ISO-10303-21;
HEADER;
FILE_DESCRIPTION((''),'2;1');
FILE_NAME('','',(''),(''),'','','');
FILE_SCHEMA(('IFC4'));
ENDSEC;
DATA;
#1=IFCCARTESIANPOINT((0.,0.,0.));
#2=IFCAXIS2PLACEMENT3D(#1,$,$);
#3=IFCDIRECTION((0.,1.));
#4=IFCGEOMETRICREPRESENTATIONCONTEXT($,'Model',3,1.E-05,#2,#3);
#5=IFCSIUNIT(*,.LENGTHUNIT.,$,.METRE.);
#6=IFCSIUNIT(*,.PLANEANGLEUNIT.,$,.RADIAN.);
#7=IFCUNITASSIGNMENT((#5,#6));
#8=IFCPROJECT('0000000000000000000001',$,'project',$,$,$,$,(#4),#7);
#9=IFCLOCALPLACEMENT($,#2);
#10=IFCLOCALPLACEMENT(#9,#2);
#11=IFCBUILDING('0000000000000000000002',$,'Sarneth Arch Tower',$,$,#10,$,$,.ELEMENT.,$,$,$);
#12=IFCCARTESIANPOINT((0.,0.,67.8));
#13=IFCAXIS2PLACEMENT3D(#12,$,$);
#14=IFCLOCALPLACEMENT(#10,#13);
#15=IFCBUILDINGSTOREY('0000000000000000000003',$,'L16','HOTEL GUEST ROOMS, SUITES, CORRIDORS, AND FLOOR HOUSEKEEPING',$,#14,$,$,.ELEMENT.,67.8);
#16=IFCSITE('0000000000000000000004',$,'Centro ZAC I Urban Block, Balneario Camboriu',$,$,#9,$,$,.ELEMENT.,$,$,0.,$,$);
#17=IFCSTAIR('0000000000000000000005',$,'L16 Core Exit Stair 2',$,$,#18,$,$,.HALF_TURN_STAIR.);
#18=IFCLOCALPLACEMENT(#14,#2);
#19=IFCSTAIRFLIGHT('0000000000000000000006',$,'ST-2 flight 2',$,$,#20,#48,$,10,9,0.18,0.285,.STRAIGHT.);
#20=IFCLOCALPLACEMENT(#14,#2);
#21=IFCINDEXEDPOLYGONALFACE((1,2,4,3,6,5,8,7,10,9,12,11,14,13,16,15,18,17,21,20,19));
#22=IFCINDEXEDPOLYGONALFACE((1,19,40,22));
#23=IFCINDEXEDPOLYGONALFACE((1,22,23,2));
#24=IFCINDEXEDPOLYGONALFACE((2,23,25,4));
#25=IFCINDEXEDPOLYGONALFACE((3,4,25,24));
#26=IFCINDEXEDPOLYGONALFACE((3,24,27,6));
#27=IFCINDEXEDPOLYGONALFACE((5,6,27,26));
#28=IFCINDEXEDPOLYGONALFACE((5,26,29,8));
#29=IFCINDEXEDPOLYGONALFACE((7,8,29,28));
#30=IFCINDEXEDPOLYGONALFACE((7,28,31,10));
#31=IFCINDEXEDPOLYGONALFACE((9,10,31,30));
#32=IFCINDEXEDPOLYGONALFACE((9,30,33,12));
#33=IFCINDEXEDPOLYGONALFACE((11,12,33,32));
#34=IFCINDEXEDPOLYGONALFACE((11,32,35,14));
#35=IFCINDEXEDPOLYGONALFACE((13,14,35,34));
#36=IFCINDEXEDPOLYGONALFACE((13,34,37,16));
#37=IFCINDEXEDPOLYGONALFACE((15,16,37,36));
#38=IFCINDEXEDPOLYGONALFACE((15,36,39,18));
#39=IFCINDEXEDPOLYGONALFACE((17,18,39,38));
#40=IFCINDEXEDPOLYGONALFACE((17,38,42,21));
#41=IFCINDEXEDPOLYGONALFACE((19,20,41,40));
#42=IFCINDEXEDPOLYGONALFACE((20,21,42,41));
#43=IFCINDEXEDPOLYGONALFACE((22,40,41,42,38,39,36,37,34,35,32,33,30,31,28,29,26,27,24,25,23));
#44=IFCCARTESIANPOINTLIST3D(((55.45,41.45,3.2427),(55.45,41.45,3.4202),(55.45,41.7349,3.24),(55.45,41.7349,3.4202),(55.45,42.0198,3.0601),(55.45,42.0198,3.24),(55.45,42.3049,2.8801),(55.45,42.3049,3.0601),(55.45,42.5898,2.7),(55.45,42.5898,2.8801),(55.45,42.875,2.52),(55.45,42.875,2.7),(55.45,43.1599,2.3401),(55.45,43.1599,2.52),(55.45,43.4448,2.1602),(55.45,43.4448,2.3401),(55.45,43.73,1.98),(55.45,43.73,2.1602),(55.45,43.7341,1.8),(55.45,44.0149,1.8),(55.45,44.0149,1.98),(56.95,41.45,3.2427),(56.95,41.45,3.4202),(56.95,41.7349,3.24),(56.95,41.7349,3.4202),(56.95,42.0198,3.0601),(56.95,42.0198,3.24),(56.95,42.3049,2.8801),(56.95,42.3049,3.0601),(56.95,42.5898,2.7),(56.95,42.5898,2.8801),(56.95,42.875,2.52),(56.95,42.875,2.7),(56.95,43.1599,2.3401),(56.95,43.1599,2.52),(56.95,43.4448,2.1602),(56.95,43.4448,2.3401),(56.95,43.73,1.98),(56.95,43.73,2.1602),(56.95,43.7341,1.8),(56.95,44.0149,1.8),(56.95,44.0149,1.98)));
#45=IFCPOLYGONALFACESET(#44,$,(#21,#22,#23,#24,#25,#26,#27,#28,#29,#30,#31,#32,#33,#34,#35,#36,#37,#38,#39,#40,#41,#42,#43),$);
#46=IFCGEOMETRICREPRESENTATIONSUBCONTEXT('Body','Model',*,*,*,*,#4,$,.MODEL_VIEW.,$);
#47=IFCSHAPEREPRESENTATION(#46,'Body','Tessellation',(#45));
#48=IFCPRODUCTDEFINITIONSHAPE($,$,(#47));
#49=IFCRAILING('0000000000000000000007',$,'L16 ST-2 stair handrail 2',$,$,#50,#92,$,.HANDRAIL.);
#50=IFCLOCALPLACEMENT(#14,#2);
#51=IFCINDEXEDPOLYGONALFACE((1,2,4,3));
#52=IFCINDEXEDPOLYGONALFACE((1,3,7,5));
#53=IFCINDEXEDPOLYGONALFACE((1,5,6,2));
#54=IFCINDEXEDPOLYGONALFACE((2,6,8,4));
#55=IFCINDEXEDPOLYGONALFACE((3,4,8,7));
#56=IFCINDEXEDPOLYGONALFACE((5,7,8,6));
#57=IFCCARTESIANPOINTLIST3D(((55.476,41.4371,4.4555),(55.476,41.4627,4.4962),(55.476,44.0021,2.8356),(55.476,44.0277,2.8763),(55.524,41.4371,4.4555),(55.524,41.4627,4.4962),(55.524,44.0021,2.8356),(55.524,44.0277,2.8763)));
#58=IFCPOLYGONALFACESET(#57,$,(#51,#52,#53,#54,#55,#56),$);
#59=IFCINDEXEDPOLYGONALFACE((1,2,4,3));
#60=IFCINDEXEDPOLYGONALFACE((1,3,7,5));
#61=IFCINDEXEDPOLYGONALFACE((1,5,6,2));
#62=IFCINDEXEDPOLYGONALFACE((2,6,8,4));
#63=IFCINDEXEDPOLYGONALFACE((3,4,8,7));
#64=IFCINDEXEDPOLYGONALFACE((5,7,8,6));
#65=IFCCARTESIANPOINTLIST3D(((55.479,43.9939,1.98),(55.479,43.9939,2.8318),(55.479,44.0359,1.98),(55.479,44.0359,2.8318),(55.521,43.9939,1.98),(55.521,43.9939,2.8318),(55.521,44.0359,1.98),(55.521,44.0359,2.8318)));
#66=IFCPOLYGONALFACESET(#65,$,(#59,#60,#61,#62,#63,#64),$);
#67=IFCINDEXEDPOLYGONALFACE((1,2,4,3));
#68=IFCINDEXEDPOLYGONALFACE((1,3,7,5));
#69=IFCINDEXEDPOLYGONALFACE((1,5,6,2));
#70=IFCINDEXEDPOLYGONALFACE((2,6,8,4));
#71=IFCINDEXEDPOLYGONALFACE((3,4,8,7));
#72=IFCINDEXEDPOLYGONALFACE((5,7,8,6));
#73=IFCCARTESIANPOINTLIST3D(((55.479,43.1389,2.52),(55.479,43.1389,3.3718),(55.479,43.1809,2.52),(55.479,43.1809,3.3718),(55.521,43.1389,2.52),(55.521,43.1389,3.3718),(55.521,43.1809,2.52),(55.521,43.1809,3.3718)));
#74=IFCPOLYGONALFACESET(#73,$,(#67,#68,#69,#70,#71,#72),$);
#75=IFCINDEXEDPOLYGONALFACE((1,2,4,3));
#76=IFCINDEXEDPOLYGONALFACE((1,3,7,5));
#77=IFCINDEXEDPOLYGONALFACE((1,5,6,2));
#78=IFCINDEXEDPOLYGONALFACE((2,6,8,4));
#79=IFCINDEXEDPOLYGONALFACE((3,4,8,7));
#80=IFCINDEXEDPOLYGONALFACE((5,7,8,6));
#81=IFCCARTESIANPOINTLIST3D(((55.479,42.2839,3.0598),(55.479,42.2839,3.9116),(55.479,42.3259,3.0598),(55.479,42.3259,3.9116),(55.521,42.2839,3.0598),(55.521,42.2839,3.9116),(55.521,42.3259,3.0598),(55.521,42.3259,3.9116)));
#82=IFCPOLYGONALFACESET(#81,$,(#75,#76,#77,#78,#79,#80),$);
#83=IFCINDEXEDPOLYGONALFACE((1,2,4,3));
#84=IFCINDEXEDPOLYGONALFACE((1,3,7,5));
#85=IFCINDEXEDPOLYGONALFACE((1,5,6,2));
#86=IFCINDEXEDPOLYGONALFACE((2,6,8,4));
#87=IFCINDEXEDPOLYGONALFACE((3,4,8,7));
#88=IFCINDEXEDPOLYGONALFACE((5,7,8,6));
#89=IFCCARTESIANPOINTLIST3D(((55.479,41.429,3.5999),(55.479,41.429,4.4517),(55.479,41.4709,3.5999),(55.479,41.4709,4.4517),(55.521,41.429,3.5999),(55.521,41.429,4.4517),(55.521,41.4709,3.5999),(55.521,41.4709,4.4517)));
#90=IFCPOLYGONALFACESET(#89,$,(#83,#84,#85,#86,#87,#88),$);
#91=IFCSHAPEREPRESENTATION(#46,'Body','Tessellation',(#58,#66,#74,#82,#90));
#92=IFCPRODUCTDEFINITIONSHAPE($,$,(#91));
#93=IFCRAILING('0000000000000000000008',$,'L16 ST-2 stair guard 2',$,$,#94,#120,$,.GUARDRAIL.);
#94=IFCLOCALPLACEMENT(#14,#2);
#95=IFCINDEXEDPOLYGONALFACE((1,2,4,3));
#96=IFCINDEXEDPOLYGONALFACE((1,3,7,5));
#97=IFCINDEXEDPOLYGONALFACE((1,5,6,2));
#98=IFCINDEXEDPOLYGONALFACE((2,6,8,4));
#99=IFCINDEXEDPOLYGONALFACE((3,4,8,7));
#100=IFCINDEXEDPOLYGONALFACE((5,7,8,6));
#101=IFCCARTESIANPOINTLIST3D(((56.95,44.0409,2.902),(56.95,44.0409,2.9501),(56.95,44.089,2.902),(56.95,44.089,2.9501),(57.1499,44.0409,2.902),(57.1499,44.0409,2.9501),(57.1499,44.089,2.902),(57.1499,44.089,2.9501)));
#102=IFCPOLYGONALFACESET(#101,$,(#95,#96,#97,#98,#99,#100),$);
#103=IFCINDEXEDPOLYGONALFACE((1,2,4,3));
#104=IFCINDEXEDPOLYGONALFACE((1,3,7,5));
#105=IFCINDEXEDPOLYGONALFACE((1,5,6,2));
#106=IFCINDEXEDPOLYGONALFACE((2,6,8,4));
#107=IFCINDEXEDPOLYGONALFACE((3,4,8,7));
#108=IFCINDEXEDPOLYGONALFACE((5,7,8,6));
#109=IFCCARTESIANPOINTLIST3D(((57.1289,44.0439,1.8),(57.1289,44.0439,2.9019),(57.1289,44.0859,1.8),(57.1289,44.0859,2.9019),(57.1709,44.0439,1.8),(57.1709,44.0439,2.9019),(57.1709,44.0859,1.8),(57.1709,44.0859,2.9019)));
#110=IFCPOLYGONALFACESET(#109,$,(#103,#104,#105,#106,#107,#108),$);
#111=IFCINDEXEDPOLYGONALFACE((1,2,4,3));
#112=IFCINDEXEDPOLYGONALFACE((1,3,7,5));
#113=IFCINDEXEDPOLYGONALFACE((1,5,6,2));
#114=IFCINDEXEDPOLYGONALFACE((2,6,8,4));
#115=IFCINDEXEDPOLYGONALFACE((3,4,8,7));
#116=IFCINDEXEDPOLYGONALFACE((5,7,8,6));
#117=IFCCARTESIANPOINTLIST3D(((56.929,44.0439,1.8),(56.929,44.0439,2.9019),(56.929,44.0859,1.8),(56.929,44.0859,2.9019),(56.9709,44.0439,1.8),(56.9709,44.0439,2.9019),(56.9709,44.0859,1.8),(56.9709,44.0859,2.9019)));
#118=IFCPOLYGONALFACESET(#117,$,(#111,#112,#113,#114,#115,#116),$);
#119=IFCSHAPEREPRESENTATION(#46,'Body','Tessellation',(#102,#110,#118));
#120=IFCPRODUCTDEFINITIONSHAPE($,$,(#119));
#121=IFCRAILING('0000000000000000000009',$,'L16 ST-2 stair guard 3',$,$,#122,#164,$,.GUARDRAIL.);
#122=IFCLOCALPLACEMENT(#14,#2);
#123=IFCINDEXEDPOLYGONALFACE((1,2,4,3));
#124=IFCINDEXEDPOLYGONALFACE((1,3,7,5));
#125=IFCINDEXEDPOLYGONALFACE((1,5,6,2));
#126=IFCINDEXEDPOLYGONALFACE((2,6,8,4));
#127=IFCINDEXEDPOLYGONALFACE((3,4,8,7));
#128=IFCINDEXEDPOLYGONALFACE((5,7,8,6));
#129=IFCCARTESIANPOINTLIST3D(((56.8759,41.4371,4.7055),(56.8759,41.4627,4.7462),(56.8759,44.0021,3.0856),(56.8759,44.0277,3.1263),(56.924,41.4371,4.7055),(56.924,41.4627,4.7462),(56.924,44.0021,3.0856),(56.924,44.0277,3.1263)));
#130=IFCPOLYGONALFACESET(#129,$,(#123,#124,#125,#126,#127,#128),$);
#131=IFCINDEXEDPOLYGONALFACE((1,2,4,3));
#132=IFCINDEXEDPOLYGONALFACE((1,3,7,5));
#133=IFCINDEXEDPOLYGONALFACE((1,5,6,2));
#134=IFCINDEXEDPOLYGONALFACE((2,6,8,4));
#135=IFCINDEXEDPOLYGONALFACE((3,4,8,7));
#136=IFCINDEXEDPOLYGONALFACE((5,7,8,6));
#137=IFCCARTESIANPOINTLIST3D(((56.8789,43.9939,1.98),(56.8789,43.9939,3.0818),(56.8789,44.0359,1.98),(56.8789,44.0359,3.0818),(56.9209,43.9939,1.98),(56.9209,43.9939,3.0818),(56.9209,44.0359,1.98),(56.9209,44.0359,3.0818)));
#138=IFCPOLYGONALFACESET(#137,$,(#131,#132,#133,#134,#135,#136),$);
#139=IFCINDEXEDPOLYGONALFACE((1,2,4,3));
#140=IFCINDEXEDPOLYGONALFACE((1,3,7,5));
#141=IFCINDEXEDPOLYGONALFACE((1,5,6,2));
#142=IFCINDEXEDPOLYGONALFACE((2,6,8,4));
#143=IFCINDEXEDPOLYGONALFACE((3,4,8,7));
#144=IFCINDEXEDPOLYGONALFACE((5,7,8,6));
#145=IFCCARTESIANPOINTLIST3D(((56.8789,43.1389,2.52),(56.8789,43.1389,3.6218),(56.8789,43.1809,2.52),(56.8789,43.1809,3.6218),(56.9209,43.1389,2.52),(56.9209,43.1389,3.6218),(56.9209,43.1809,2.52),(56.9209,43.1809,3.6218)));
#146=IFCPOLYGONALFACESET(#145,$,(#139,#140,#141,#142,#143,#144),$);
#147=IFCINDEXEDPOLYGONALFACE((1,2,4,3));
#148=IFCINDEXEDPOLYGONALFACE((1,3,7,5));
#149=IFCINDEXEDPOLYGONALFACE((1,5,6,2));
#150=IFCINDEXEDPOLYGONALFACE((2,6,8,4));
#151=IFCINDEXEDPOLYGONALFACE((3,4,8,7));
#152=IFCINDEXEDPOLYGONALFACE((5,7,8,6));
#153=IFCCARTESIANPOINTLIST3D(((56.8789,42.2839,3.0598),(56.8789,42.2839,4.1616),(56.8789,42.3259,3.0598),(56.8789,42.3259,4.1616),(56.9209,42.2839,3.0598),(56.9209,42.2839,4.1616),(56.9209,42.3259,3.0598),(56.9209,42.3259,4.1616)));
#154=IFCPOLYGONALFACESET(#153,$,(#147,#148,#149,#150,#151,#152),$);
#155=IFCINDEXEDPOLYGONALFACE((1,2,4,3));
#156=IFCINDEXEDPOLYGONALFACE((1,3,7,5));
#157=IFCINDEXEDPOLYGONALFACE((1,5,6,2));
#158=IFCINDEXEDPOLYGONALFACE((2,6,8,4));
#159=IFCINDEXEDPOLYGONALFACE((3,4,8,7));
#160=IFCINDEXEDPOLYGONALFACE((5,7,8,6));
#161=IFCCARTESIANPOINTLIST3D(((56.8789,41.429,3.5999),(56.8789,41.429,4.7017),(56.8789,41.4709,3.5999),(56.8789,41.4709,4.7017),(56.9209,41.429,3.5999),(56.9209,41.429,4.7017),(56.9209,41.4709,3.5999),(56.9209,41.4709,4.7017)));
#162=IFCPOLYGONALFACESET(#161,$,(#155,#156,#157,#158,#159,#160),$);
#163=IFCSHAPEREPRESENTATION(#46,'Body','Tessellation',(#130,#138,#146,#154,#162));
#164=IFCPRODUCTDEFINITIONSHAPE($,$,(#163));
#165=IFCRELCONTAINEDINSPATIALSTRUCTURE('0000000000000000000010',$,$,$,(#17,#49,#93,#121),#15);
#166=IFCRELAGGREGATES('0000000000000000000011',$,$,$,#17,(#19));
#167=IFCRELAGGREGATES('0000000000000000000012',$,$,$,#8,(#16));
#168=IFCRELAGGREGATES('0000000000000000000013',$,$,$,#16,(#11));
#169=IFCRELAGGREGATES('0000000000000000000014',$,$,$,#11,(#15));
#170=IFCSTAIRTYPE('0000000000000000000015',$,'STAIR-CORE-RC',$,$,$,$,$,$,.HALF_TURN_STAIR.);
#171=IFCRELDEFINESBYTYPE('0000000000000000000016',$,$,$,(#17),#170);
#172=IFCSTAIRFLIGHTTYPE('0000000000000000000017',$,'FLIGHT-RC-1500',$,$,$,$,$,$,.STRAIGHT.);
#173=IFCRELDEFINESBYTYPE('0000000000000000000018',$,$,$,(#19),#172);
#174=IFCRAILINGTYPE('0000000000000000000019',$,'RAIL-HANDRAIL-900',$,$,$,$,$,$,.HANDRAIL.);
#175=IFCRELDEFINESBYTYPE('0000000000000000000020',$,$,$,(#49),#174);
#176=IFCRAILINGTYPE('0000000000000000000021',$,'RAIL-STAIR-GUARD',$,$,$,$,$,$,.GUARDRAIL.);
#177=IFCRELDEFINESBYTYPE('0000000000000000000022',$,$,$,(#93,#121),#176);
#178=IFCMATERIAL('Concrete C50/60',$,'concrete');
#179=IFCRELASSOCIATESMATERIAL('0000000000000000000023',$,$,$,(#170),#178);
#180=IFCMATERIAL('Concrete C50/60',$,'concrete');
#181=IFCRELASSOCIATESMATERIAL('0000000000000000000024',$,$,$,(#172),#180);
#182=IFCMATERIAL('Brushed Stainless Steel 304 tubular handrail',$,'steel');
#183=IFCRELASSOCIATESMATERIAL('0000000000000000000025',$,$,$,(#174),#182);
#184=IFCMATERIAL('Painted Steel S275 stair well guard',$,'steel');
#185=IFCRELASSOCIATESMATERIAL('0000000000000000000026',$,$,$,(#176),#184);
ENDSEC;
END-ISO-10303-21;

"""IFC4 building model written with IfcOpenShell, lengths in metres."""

from ifc_helpers import new_model, si_unit, direction, frame, origin, origin_2d, place, context, subcontext, project, spatial, polyline, rectangle, outline, extrude, material, type_object, element, aggregate, save


model = new_model("IFC4")

# Units and contexts
model_context = context("Model", 3, precision=1e-05, world=origin(), true_north=direction((0.0, 1.0)))
body_context = subcontext(model_context, "Body", "Model", "MODEL_VIEW")
ifc_project = project(units=[si_unit("LENGTHUNIT", "METRE"), si_unit("PLANEANGLEUNIT", "RADIAN")], contexts=[model_context])

# Site, building, storey
site_placement = place(None, origin())
site = spatial("IfcSite", under=ifc_project, at=site_placement, Name="Centro ZAC I Urban Block, Balneario Camboriu", CompositionType="ELEMENT", RefElevation=0.0)
building_placement = place(site_placement, origin())
building = spatial("IfcBuilding", under=site, at=building_placement, Name="Sarneth Arch Tower", CompositionType="ELEMENT")
storey_placement = place(building_placement, frame((0.0, 0.0, 67.8)))
storey = spatial("IfcBuildingStorey", under=building, at=storey_placement, Name="L16", Description="HOTEL GUEST ROOMS, SUITES, CORRIDORS, AND FLOOR HOUSEKEEPING", CompositionType="ELEMENT", Elevation=67.8)

# Stair, stair flight
ifc_material_1 = material(Name="Concrete C50/60", Category="concrete")
stair_type = type_object("IfcStairType", Name="STAIR-CORE-RC", PredefinedType="HALF_TURN_STAIR", material=ifc_material_1)
stair_placement = place(storey_placement, origin())
stair = element("IfcStair", 1, at=stair_placement, inside=storey, type_object=stair_type, Name="L16 Core Exit Stair 2", PredefinedType="HALF_TURN_STAIR")
ifc_material_2 = material(Name="Concrete C50/60", Category="concrete")
stair_flight_type = type_object("IfcStairFlightType", Name="FLIGHT-RC-1500", PredefinedType="STRAIGHT", material=ifc_material_2)
stair_flight_placement = place(storey_placement, frame((56.2, 44.0149, 1.8), z_axis=(0.0, 0.0, 1.0), x_axis=(0.0, -1.0, 0.0)))
stair_flight = element("IfcStairFlight", 2, at=stair_flight_placement, type_object=stair_flight_type, Name="ST-2 flight 2", NumberOfRisers=10, NumberOfTreads=9, PredefinedType="STRAIGHT", RiserHeight=0.18, TreadLength=0.285, context=body_context, shape_type="SweptSolid", body=[
    extrude(outline(polyline([(0.0, 0.0), (0.0, 0.1799), (0.2849, 0.1799), (0.2849, 0.3601), (0.5701, 0.3601), (0.5701, 0.54), (0.855, 0.54), (0.855, 0.72), (1.1399, 0.72), (1.1399, 0.8999), (1.425, 0.8999), (1.425, 1.0801), (1.71, 1.0801), (1.71, 1.26), (1.9951, 1.26), (1.9951, 1.4399), (2.28, 1.4399), (2.28, 1.6201), (2.5649, 1.6201), (2.5649, 1.8), (2.5649, 1.4426), (0.2808, 0.0), (0.0, 0.0)])), frame((0.0, 0.75, 0.0), z_axis=(0.0, -1.0, 0.0), x_axis=(1.0, 0.0, 0.0)), (0.0, 0.0, 1.0), 1.5),
])
aggregate(stair, [stair_flight])

# Railings
ifc_material_3 = material(Name="Brushed Stainless Steel 304 tubular handrail", Category="steel")
railing_type_1 = type_object("IfcRailingType", Name="RAIL-HANDRAIL-900", PredefinedType="HANDRAIL", material=ifc_material_3)
railing_1_placement = place(storey_placement, frame((55.5, 44.0149, 1.98)))
element("IfcRailing", 3, at=railing_1_placement, inside=storey, type_object=railing_type_1, Name="L16 ST-2 stair handrail 2", PredefinedType="HANDRAIL", context=body_context, shape_type="SweptSolid", body=[
    extrude(rectangle(XDim=0.0481, YDim=0.0481, at=origin_2d()), frame((0.0, 0.0, 0.876), z_axis=(0.0, -0.845502, 0.533972), x_axis=(1.0, 0.0, 0.0)), (0.0, 0.0, 1.0), 3.0337),
    extrude(rectangle(XDim=0.042, YDim=0.042, at=origin_2d()), origin(), (0.0, 0.0, 1.0), 0.8518),
    extrude(rectangle(XDim=0.042, YDim=0.042, at=origin_2d()), frame((0.0, -0.855, 0.54)), (0.0, 0.0, 1.0), 0.8518),
    extrude(rectangle(XDim=0.042, YDim=0.042, at=origin_2d()), frame((0.0, -1.71, 1.0798)), (0.0, 0.0, 1.0), 0.8518),
    extrude(rectangle(XDim=0.042, YDim=0.042, at=origin_2d()), frame((0.0, -2.5649, 1.6199)), (0.0, 0.0, 1.0), 0.8518),
])
ifc_material_4 = material(Name="Painted Steel S275 stair well guard", Category="steel")
railing_type_2 = type_object("IfcRailingType", Name="RAIL-STAIR-GUARD", PredefinedType="GUARDRAIL", material=ifc_material_4)
railing_2_placement = place(storey_placement, frame((57.1499, 44.0649, 1.8)))
element("IfcRailing", 4, at=railing_2_placement, inside=storey, type_object=railing_type_2, Name="L16 ST-2 stair guard 2", PredefinedType="GUARDRAIL", context=body_context, shape_type="SweptSolid", body=[
    extrude(rectangle(XDim=0.0481, YDim=0.0481, at=origin_2d()), frame((0.0, 0.0, 1.126), z_axis=(-1.0, 0.0, 0.0), x_axis=(0.0, -1.0, 0.0)), (0.0, 0.0, 1.0), 0.2),
    extrude(rectangle(XDim=0.042, YDim=0.042, at=origin_2d()), origin(), (0.0, 0.0, 1.0), 1.1018),
    extrude(rectangle(XDim=0.042, YDim=0.042, at=origin_2d()), frame((-0.2, 0.0, 0.0)), (0.0, 0.0, 1.0), 1.1018),
])
railing_3_placement = place(storey_placement, frame((56.8999, 44.0149, 1.98)))
element("IfcRailing", 5, at=railing_3_placement, inside=storey, type_object=railing_type_2, Name="L16 ST-2 stair guard 3", PredefinedType="GUARDRAIL", context=body_context, shape_type="SweptSolid", body=[
    extrude(rectangle(XDim=0.0481, YDim=0.0481, at=origin_2d()), frame((0.0, 0.0, 1.126), z_axis=(0.0, -0.845502, 0.533972), x_axis=(1.0, 0.0, 0.0)), (0.0, 0.0, 1.0), 3.0337),
    extrude(rectangle(XDim=0.042, YDim=0.042, at=origin_2d()), origin(), (0.0, 0.0, 1.0), 1.1018),
    extrude(rectangle(XDim=0.042, YDim=0.042, at=origin_2d()), frame((0.0, -0.855, 0.54)), (0.0, 0.0, 1.0), 1.1018),
    extrude(rectangle(XDim=0.042, YDim=0.042, at=origin_2d()), frame((0.0, -1.71, 1.0798)), (0.0, 0.0, 1.0), 1.1018),
    extrude(rectangle(XDim=0.042, YDim=0.042, at=origin_2d()), frame((0.0, -2.5649, 1.6199)), (0.0, 0.0, 1.0), 1.1018),
])

save(model, "model.ifc")
